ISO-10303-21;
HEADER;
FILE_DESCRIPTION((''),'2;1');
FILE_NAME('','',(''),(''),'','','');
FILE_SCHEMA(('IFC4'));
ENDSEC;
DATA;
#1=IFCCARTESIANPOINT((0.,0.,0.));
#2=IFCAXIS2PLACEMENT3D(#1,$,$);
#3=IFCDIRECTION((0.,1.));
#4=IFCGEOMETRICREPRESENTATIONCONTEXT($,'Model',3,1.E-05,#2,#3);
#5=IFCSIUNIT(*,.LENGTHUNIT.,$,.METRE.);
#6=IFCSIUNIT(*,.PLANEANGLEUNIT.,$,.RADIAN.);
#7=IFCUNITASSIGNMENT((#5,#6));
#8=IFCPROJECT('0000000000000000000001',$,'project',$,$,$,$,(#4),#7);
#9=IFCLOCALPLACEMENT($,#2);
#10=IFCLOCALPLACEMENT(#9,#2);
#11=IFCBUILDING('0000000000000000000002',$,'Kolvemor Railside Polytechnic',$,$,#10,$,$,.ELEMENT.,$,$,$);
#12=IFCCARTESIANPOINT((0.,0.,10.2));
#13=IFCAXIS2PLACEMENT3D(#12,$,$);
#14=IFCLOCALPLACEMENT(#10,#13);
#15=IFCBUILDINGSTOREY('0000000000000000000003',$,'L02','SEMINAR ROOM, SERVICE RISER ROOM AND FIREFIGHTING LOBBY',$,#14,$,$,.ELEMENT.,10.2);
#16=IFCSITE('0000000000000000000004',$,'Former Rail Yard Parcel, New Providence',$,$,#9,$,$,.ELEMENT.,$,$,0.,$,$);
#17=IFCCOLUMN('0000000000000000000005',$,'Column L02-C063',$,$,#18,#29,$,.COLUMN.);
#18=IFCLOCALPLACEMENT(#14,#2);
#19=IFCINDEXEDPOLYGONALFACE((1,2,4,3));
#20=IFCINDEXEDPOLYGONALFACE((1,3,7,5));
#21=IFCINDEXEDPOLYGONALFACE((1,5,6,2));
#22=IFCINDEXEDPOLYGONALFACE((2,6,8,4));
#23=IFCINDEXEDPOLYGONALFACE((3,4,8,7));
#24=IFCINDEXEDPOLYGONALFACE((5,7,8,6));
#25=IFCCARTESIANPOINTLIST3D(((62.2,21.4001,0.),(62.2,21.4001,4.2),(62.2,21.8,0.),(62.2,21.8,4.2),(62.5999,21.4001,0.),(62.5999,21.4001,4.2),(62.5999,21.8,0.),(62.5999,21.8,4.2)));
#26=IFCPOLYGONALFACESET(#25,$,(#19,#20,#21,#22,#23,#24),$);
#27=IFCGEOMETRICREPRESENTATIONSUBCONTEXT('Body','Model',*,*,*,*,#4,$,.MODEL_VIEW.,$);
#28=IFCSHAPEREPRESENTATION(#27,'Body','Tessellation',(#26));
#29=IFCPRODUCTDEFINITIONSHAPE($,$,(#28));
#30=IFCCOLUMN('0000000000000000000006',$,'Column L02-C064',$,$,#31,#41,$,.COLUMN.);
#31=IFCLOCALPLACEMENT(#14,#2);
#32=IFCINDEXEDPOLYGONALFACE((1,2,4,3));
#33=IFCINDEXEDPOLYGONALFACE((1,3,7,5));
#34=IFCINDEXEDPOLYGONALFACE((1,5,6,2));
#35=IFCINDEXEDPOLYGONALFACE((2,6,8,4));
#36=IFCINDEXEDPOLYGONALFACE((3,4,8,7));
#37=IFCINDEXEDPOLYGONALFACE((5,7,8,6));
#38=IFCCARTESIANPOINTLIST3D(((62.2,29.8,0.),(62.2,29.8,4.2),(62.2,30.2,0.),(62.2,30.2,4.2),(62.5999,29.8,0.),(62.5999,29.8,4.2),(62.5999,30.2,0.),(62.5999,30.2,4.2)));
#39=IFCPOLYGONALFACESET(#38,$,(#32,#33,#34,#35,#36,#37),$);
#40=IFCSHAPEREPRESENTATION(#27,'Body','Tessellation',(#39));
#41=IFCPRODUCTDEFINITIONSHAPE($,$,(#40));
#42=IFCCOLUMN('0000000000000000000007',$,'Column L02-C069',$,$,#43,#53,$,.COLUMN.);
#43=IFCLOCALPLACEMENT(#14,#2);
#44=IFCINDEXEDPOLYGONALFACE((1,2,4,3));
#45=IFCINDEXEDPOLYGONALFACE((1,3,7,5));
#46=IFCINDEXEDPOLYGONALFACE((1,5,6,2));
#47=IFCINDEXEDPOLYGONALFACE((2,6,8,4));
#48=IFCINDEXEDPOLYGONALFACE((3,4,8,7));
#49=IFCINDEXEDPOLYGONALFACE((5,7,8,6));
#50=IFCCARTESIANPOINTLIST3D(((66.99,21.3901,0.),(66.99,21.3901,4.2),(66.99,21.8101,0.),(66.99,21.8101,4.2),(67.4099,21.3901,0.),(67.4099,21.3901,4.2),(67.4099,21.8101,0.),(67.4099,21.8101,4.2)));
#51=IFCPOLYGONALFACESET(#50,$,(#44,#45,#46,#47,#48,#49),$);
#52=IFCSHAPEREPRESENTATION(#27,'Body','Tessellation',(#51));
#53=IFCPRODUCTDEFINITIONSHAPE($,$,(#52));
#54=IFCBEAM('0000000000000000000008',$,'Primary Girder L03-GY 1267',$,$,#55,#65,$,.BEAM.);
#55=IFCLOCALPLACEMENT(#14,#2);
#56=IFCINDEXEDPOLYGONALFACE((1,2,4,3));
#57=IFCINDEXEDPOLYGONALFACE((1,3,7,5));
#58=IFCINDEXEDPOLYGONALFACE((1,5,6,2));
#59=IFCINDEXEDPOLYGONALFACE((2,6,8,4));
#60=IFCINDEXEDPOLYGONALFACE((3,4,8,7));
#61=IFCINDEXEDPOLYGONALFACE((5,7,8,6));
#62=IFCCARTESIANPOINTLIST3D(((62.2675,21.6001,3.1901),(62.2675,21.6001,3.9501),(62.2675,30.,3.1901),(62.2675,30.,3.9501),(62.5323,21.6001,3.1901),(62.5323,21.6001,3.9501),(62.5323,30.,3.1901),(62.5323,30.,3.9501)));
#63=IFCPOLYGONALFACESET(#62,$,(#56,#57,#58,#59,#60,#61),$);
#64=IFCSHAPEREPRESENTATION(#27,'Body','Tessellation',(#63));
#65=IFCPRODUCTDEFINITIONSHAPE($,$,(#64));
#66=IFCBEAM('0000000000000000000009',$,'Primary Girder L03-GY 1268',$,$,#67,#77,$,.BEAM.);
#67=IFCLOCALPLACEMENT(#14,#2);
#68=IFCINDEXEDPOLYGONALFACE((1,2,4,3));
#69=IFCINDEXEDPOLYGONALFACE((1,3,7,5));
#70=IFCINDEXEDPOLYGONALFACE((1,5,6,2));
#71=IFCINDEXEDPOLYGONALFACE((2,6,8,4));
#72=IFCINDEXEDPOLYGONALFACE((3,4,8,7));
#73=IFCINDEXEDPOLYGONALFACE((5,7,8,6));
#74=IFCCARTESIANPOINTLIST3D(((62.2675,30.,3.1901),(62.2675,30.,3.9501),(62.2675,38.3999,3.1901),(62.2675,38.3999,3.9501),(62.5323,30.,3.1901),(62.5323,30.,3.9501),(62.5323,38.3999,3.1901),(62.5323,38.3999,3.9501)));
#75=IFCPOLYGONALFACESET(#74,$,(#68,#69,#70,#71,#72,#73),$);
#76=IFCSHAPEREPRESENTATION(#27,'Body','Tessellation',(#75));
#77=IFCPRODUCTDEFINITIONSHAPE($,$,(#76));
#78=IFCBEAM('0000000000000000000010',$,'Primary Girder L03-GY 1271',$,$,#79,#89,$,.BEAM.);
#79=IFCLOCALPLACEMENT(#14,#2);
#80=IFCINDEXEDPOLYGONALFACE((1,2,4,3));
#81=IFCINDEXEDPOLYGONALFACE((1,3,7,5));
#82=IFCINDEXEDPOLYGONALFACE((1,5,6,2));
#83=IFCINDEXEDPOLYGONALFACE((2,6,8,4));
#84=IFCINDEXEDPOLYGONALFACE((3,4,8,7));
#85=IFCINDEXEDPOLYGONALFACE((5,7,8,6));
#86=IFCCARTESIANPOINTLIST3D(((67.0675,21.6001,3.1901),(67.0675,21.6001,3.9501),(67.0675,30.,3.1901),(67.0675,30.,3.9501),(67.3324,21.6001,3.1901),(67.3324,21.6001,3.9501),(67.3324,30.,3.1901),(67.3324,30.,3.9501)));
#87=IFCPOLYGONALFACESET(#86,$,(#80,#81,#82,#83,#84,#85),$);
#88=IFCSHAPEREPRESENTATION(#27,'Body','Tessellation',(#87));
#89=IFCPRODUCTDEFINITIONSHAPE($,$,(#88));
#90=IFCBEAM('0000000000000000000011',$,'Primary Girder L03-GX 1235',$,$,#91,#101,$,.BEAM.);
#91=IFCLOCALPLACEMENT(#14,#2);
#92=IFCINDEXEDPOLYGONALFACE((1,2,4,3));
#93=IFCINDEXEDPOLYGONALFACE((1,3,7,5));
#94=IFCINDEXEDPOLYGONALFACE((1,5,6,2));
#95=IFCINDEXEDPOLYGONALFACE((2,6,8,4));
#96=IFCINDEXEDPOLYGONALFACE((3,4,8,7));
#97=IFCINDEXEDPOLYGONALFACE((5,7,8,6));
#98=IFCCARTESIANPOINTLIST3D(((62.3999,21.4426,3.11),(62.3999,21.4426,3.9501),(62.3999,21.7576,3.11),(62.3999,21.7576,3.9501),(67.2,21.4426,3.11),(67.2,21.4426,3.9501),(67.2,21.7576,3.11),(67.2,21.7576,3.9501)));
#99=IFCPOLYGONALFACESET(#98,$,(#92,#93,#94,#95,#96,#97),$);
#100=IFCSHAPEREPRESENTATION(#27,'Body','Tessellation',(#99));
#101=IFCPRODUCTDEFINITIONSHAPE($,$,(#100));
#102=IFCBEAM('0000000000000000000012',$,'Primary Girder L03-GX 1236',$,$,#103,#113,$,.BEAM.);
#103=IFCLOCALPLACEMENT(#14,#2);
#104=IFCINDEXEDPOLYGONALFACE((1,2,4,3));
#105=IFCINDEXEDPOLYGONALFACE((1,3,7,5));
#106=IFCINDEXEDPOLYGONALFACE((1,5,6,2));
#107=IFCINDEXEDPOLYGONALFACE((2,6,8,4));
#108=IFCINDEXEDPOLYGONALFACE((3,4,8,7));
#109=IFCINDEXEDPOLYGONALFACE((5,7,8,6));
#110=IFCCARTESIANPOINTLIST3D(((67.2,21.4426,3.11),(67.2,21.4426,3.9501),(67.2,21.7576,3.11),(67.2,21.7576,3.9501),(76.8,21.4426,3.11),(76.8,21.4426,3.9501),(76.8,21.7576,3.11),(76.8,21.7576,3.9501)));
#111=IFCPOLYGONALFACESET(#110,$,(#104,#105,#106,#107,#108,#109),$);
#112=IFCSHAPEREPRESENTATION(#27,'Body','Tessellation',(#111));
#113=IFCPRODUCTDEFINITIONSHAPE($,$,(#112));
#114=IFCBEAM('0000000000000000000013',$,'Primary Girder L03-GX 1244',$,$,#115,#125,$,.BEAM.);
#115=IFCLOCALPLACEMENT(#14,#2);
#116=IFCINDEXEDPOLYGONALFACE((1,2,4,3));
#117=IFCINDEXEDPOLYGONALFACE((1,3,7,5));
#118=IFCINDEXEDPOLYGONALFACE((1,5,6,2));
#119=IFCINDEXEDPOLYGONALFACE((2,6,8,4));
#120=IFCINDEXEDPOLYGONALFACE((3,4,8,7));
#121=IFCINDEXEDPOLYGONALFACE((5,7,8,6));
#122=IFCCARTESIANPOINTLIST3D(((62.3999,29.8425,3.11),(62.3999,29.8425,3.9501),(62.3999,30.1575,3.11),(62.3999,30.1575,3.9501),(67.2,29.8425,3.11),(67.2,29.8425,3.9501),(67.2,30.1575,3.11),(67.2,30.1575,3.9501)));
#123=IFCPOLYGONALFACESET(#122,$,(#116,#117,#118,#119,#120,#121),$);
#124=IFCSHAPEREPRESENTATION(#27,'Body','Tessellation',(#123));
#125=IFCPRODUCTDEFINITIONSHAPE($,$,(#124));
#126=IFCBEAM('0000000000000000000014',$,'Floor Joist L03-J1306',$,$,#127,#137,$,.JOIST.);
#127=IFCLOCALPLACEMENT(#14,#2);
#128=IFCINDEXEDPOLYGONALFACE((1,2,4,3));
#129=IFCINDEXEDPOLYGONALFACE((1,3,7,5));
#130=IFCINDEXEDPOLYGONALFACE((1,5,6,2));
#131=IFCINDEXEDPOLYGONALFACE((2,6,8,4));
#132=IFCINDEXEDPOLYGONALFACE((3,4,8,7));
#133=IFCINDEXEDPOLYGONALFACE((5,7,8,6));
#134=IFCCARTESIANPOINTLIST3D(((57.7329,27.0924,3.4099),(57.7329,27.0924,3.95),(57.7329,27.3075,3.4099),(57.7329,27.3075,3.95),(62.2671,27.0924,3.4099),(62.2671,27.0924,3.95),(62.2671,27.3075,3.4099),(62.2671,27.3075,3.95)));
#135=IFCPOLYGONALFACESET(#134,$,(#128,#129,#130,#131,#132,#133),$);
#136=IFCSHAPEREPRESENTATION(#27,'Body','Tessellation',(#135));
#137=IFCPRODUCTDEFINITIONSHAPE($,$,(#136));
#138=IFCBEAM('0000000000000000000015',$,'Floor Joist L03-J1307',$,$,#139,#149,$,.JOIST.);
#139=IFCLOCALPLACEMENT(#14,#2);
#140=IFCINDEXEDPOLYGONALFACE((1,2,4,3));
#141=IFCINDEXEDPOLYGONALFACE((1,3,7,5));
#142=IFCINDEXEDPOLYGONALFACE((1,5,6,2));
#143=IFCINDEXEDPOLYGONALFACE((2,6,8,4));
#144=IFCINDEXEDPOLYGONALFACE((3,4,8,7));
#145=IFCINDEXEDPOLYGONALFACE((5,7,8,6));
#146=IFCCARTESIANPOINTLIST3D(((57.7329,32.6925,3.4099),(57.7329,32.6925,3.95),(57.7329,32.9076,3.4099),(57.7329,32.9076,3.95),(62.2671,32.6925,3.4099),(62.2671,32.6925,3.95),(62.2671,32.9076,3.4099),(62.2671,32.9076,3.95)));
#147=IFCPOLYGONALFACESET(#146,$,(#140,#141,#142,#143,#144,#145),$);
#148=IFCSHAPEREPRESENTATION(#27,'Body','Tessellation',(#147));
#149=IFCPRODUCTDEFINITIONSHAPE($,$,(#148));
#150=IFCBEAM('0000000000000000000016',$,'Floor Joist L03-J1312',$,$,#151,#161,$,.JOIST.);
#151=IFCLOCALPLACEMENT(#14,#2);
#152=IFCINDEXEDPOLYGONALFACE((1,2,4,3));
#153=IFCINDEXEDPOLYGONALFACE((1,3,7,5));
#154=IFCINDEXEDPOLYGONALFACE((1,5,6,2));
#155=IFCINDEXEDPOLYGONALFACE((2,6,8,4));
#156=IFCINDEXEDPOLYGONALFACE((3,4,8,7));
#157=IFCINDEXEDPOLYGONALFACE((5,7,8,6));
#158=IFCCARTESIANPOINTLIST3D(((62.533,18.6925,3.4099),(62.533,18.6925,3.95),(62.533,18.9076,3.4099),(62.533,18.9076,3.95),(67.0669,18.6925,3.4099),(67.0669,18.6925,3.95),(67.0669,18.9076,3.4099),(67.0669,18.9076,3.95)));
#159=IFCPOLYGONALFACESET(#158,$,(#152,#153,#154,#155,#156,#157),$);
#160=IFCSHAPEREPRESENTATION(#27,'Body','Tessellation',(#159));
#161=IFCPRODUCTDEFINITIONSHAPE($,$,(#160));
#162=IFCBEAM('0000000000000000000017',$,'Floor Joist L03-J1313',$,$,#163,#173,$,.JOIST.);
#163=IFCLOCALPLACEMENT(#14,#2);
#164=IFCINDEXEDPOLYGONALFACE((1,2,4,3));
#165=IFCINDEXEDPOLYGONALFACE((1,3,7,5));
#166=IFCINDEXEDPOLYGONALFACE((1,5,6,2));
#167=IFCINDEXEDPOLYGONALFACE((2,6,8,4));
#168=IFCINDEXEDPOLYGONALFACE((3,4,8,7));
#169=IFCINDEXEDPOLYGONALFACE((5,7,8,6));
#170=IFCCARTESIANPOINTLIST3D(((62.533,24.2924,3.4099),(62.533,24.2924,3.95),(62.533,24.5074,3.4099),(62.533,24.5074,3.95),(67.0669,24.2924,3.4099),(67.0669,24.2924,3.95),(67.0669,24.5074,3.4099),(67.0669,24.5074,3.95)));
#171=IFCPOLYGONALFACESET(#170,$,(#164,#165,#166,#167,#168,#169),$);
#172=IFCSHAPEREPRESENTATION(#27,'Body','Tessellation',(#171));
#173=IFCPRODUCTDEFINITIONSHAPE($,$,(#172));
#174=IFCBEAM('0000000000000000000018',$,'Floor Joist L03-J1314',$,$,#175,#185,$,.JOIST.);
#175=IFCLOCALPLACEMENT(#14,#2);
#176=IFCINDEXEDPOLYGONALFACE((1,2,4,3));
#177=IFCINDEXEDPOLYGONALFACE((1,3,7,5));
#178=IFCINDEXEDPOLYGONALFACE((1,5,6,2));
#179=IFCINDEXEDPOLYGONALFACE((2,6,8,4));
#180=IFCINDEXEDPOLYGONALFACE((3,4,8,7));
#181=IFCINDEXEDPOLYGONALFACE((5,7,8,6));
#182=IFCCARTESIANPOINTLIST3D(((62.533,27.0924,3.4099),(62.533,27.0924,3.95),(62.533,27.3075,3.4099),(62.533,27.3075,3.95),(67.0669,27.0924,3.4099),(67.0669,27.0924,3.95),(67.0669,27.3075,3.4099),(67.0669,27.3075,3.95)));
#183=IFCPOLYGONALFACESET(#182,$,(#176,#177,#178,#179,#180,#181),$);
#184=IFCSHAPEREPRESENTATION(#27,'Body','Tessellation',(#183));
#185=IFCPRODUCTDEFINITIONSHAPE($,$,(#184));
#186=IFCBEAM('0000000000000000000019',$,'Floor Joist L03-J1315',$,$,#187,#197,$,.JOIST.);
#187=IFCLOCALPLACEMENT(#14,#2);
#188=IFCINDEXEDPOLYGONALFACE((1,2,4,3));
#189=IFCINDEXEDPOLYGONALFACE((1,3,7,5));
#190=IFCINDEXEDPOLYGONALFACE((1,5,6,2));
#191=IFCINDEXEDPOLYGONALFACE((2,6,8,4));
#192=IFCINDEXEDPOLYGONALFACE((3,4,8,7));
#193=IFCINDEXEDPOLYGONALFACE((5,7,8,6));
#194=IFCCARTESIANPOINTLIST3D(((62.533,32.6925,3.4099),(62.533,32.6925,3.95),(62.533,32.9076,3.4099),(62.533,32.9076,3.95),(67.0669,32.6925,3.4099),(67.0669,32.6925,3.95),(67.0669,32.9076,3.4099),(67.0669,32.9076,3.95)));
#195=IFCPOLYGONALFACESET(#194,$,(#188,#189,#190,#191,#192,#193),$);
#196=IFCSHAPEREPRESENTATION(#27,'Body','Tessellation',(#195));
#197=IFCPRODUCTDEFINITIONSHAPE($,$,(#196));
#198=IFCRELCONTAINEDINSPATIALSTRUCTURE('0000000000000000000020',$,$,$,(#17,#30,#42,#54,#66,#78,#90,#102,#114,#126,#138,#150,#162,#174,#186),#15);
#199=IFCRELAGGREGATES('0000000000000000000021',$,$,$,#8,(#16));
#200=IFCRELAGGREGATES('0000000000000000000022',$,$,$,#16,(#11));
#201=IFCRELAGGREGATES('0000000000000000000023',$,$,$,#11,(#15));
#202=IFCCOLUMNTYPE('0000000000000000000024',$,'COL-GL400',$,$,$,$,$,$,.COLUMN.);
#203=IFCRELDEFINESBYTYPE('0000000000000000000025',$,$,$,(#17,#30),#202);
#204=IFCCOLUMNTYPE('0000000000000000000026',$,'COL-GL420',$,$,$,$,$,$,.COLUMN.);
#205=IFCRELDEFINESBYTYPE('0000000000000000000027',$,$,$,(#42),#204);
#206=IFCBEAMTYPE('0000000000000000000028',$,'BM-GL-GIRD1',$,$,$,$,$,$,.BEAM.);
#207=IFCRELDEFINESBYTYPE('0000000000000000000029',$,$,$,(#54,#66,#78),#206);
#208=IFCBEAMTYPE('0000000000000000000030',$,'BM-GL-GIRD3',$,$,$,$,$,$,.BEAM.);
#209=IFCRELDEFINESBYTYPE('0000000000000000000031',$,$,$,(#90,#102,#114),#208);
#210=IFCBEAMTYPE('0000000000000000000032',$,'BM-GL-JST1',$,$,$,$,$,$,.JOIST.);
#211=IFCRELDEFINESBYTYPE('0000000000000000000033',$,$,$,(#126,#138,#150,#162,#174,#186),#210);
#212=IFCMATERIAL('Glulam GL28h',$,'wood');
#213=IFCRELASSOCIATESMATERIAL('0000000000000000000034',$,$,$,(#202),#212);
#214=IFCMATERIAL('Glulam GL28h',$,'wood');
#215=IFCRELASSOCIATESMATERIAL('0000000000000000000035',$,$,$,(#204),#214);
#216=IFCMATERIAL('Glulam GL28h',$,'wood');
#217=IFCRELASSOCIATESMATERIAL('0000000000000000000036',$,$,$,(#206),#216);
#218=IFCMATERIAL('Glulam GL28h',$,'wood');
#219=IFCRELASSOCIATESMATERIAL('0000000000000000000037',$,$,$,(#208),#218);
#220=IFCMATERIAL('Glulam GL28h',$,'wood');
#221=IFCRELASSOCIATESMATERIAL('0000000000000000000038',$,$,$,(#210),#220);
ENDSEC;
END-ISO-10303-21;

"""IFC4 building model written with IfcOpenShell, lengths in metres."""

from ifc_helpers import new_model, si_unit, direction, frame, origin, origin_2d, place, context, subcontext, project, spatial, rectangle, extrude, material, material_profile, profile_set, type_object, element, save


model = new_model("IFC4")

# Units and contexts
model_context = context("Model", 3, precision=1e-05, world=origin(), true_north=direction((0.0, 1.0)))
body_context = subcontext(model_context, "Body", "Model", "MODEL_VIEW")
ifc_project = project(units=[si_unit("LENGTHUNIT", "METRE"), si_unit("PLANEANGLEUNIT", "RADIAN")], contexts=[model_context])

# Site, building, storey
site_placement = place(None, origin())
site = spatial("IfcSite", under=ifc_project, at=site_placement, Name="Former Rail Yard Parcel, New Providence", CompositionType="ELEMENT", RefElevation=0.0)
building_placement = place(site_placement, origin())
building = spatial("IfcBuilding", under=site, at=building_placement, Name="Kolvemor Railside Polytechnic", CompositionType="ELEMENT")
storey_placement = place(building_placement, frame((0.0, 0.0, 10.2)))
storey = spatial("IfcBuildingStorey", under=building, at=storey_placement, Name="L02", Description="SEMINAR ROOM, SERVICE RISER ROOM AND FIREFIGHTING LOBBY", CompositionType="ELEMENT", Elevation=10.2)

# Columns
ifc_material_1 = material(Name="Glulam GL28h", Category="wood")
ifc_material_profile_1 = material_profile(ifc_material_1, rectangle(XDim=0.3999, YDim=0.3999, at=origin_2d()), Name="GL400x400")
ifc_profile_set_1 = profile_set([ifc_material_profile_1], Name="Glulam GL28h")
column_type_1 = type_object("IfcColumnType", Name="COL-GL400", PredefinedType="COLUMN", material=ifc_profile_set_1)
for number, where, z_axis, x_axis, name in (
    (1, (62.3999, 21.6001, 0.0), (0.0, 0.0, 1.0), (1.0, 0.0, 0.0), "Column L02-C063"),
    (2, (62.3999, 30.0, 0.0), (0.0, 0.0, 1.0), (1.0, 0.0, 0.0), "Column L02-C064"),
):
    element("IfcColumn", number, at=place(storey_placement, frame(where, z_axis=z_axis, x_axis=x_axis)), inside=storey, type_object=column_type_1, Name=name, PredefinedType="COLUMN", context=body_context, shape_type="SweptSolid", body=[
        extrude(rectangle(XDim=0.3999, YDim=0.3999, at=origin_2d()), origin(), (0.0, 0.0, 1.0), 4.2),
    ])
ifc_material_2 = material(Name="Glulam GL28h", Category="wood")
ifc_material_profile_2 = material_profile(ifc_material_2, rectangle(XDim=0.4199, YDim=0.4199, at=origin_2d()), Name="GL420x420")
ifc_profile_set_2 = profile_set([ifc_material_profile_2], Name="Glulam GL28h")
column_type_2 = type_object("IfcColumnType", Name="COL-GL420", PredefinedType="COLUMN", material=ifc_profile_set_2)
column_placement = place(storey_placement, frame((67.2, 21.6001, 0.0), z_axis=(0.0, 0.0, 1.0), x_axis=(1.0, 0.0, 0.0)))
element("IfcColumn", 3, at=column_placement, inside=storey, type_object=column_type_2, Name="Column L02-C069", PredefinedType="COLUMN", context=body_context, shape_type="SweptSolid", body=[
    extrude(rectangle(XDim=0.4199, YDim=0.4199, at=origin_2d()), origin(), (0.0, 0.0, 1.0), 4.2),
])

# Beams
ifc_material_3 = material(Name="Glulam GL28h", Category="wood")
ifc_material_profile_3 = material_profile(ifc_material_3, rectangle(XDim=0.2649, YDim=0.76, at=origin_2d()), Name="GL265x760")
ifc_profile_set_3 = profile_set([ifc_material_profile_3], Name="Glulam GL28h")
beam_type_1 = type_object("IfcBeamType", Name="BM-GL-GIRD1", PredefinedType="BEAM", material=ifc_profile_set_3)
for number, where, z_axis, x_axis, name in (
    (4, (62.3999, 21.6001, 3.5701), (0.0, 1.0, 0.0), (-1.0, 0.0, 0.0), "Primary Girder L03-GY 1267"),
    (5, (62.3999, 30.0, 3.5701), (0.0, 1.0, 0.0), (-1.0, 0.0, 0.0), "Primary Girder L03-GY 1268"),
    (6, (67.2, 21.6001, 3.5701), (0.0, 1.0, 0.0), (-1.0, 0.0, 0.0), "Primary Girder L03-GY 1271"),
):
    element("IfcBeam", number, at=place(storey_placement, frame(where, z_axis=z_axis, x_axis=x_axis)), inside=storey, type_object=beam_type_1, Name=name, PredefinedType="BEAM", context=body_context, shape_type="SweptSolid", body=[
        extrude(rectangle(XDim=0.2649, YDim=0.76, at=origin_2d()), origin(), (0.0, 0.0, 1.0), 8.3999),
    ])
ifc_material_4 = material(Name="Glulam GL28h", Category="wood")
ifc_material_profile_4 = material_profile(ifc_material_4, rectangle(XDim=0.3149, YDim=0.8401, at=origin_2d()), Name="GL315x840")
ifc_profile_set_4 = profile_set([ifc_material_profile_4], Name="Glulam GL28h")
beam_type_2 = type_object("IfcBeamType", Name="BM-GL-GIRD3", PredefinedType="BEAM", material=ifc_profile_set_4)
beam_1_placement = place(storey_placement, frame((62.3999, 21.6001, 3.53), z_axis=(1.0, 0.0, 0.0), x_axis=(0.0, 1.0, 0.0)))
element("IfcBeam", 7, at=beam_1_placement, inside=storey, type_object=beam_type_2, Name="Primary Girder L03-GX 1235", PredefinedType="BEAM", context=body_context, shape_type="SweptSolid", body=[
    extrude(rectangle(XDim=0.3149, YDim=0.8401, at=origin_2d()), origin(), (0.0, 0.0, 1.0), 4.8),
])
beam_2_placement = place(storey_placement, frame((67.2, 21.6001, 3.53), z_axis=(1.0, 0.0, 0.0), x_axis=(0.0, 1.0, 0.0)))
element("IfcBeam", 8, at=beam_2_placement, inside=storey, type_object=beam_type_2, Name="Primary Girder L03-GX 1236", PredefinedType="BEAM", context=body_context, shape_type="SweptSolid", body=[
    extrude(rectangle(XDim=0.3149, YDim=0.8401, at=origin_2d()), origin(), (0.0, 0.0, 1.0), 9.6001),
])
beam_3_placement = place(storey_placement, frame((62.3999, 30.0, 3.53), z_axis=(1.0, 0.0, 0.0), x_axis=(0.0, 1.0, 0.0)))
element("IfcBeam", 9, at=beam_3_placement, inside=storey, type_object=beam_type_2, Name="Primary Girder L03-GX 1244", PredefinedType="BEAM", context=body_context, shape_type="SweptSolid", body=[
    extrude(rectangle(XDim=0.3149, YDim=0.8401, at=origin_2d()), origin(), (0.0, 0.0, 1.0), 4.8),
])
ifc_material_5 = material(Name="Glulam GL28h", Category="wood")
ifc_material_profile_5 = material_profile(ifc_material_5, rectangle(XDim=0.2151, YDim=0.54, at=origin_2d()), Name="GL215x540")
ifc_profile_set_5 = profile_set([ifc_material_profile_5], Name="Glulam GL28h")
beam_type_3 = type_object("IfcBeamType", Name="BM-GL-JST1", PredefinedType="JOIST", material=ifc_profile_set_5)
for number, where, z_axis, x_axis, name in (
    (10, (57.7329, 27.2, 3.6799), (1.0, 0.0, 0.0), (0.0, 1.0, 0.0), "Floor Joist L03-J1306"),
    (11, (57.7329, 32.8, 3.6799), (1.0, 0.0, 0.0), (0.0, 1.0, 0.0), "Floor Joist L03-J1307"),
):
    element("IfcBeam", number, at=place(storey_placement, frame(where, z_axis=z_axis, x_axis=x_axis)), inside=storey, type_object=beam_type_3, Name=name, PredefinedType="JOIST", context=body_context, shape_type="SweptSolid", body=[
        extrude(rectangle(XDim=0.2151, YDim=0.54, at=origin_2d()), origin(), (0.0, 0.0, 1.0), 4.5342),
    ])
for number, where, z_axis, x_axis, name in (
    (12, (62.533, 18.8, 3.6799), (1.0, 0.0, 0.0), (0.0, 1.0, 0.0), "Floor Joist L03-J1312"),
    (13, (62.533, 24.3999, 3.6799), (1.0, 0.0, 0.0), (0.0, 1.0, 0.0), "Floor Joist L03-J1313"),
    (14, (62.533, 27.2, 3.6799), (1.0, 0.0, 0.0), (0.0, 1.0, 0.0), "Floor Joist L03-J1314"),
    (15, (62.533, 32.8, 3.6799), (1.0, 0.0, 0.0), (0.0, 1.0, 0.0), "Floor Joist L03-J1315"),
):
    element("IfcBeam", number, at=place(storey_placement, frame(where, z_axis=z_axis, x_axis=x_axis)), inside=storey, type_object=beam_type_3, Name=name, PredefinedType="JOIST", context=body_context, shape_type="SweptSolid", body=[
        extrude(rectangle(XDim=0.2151, YDim=0.54, at=origin_2d()), origin(), (0.0, 0.0, 1.0), 4.5339),
    ])

save(model, "model.ifc")
